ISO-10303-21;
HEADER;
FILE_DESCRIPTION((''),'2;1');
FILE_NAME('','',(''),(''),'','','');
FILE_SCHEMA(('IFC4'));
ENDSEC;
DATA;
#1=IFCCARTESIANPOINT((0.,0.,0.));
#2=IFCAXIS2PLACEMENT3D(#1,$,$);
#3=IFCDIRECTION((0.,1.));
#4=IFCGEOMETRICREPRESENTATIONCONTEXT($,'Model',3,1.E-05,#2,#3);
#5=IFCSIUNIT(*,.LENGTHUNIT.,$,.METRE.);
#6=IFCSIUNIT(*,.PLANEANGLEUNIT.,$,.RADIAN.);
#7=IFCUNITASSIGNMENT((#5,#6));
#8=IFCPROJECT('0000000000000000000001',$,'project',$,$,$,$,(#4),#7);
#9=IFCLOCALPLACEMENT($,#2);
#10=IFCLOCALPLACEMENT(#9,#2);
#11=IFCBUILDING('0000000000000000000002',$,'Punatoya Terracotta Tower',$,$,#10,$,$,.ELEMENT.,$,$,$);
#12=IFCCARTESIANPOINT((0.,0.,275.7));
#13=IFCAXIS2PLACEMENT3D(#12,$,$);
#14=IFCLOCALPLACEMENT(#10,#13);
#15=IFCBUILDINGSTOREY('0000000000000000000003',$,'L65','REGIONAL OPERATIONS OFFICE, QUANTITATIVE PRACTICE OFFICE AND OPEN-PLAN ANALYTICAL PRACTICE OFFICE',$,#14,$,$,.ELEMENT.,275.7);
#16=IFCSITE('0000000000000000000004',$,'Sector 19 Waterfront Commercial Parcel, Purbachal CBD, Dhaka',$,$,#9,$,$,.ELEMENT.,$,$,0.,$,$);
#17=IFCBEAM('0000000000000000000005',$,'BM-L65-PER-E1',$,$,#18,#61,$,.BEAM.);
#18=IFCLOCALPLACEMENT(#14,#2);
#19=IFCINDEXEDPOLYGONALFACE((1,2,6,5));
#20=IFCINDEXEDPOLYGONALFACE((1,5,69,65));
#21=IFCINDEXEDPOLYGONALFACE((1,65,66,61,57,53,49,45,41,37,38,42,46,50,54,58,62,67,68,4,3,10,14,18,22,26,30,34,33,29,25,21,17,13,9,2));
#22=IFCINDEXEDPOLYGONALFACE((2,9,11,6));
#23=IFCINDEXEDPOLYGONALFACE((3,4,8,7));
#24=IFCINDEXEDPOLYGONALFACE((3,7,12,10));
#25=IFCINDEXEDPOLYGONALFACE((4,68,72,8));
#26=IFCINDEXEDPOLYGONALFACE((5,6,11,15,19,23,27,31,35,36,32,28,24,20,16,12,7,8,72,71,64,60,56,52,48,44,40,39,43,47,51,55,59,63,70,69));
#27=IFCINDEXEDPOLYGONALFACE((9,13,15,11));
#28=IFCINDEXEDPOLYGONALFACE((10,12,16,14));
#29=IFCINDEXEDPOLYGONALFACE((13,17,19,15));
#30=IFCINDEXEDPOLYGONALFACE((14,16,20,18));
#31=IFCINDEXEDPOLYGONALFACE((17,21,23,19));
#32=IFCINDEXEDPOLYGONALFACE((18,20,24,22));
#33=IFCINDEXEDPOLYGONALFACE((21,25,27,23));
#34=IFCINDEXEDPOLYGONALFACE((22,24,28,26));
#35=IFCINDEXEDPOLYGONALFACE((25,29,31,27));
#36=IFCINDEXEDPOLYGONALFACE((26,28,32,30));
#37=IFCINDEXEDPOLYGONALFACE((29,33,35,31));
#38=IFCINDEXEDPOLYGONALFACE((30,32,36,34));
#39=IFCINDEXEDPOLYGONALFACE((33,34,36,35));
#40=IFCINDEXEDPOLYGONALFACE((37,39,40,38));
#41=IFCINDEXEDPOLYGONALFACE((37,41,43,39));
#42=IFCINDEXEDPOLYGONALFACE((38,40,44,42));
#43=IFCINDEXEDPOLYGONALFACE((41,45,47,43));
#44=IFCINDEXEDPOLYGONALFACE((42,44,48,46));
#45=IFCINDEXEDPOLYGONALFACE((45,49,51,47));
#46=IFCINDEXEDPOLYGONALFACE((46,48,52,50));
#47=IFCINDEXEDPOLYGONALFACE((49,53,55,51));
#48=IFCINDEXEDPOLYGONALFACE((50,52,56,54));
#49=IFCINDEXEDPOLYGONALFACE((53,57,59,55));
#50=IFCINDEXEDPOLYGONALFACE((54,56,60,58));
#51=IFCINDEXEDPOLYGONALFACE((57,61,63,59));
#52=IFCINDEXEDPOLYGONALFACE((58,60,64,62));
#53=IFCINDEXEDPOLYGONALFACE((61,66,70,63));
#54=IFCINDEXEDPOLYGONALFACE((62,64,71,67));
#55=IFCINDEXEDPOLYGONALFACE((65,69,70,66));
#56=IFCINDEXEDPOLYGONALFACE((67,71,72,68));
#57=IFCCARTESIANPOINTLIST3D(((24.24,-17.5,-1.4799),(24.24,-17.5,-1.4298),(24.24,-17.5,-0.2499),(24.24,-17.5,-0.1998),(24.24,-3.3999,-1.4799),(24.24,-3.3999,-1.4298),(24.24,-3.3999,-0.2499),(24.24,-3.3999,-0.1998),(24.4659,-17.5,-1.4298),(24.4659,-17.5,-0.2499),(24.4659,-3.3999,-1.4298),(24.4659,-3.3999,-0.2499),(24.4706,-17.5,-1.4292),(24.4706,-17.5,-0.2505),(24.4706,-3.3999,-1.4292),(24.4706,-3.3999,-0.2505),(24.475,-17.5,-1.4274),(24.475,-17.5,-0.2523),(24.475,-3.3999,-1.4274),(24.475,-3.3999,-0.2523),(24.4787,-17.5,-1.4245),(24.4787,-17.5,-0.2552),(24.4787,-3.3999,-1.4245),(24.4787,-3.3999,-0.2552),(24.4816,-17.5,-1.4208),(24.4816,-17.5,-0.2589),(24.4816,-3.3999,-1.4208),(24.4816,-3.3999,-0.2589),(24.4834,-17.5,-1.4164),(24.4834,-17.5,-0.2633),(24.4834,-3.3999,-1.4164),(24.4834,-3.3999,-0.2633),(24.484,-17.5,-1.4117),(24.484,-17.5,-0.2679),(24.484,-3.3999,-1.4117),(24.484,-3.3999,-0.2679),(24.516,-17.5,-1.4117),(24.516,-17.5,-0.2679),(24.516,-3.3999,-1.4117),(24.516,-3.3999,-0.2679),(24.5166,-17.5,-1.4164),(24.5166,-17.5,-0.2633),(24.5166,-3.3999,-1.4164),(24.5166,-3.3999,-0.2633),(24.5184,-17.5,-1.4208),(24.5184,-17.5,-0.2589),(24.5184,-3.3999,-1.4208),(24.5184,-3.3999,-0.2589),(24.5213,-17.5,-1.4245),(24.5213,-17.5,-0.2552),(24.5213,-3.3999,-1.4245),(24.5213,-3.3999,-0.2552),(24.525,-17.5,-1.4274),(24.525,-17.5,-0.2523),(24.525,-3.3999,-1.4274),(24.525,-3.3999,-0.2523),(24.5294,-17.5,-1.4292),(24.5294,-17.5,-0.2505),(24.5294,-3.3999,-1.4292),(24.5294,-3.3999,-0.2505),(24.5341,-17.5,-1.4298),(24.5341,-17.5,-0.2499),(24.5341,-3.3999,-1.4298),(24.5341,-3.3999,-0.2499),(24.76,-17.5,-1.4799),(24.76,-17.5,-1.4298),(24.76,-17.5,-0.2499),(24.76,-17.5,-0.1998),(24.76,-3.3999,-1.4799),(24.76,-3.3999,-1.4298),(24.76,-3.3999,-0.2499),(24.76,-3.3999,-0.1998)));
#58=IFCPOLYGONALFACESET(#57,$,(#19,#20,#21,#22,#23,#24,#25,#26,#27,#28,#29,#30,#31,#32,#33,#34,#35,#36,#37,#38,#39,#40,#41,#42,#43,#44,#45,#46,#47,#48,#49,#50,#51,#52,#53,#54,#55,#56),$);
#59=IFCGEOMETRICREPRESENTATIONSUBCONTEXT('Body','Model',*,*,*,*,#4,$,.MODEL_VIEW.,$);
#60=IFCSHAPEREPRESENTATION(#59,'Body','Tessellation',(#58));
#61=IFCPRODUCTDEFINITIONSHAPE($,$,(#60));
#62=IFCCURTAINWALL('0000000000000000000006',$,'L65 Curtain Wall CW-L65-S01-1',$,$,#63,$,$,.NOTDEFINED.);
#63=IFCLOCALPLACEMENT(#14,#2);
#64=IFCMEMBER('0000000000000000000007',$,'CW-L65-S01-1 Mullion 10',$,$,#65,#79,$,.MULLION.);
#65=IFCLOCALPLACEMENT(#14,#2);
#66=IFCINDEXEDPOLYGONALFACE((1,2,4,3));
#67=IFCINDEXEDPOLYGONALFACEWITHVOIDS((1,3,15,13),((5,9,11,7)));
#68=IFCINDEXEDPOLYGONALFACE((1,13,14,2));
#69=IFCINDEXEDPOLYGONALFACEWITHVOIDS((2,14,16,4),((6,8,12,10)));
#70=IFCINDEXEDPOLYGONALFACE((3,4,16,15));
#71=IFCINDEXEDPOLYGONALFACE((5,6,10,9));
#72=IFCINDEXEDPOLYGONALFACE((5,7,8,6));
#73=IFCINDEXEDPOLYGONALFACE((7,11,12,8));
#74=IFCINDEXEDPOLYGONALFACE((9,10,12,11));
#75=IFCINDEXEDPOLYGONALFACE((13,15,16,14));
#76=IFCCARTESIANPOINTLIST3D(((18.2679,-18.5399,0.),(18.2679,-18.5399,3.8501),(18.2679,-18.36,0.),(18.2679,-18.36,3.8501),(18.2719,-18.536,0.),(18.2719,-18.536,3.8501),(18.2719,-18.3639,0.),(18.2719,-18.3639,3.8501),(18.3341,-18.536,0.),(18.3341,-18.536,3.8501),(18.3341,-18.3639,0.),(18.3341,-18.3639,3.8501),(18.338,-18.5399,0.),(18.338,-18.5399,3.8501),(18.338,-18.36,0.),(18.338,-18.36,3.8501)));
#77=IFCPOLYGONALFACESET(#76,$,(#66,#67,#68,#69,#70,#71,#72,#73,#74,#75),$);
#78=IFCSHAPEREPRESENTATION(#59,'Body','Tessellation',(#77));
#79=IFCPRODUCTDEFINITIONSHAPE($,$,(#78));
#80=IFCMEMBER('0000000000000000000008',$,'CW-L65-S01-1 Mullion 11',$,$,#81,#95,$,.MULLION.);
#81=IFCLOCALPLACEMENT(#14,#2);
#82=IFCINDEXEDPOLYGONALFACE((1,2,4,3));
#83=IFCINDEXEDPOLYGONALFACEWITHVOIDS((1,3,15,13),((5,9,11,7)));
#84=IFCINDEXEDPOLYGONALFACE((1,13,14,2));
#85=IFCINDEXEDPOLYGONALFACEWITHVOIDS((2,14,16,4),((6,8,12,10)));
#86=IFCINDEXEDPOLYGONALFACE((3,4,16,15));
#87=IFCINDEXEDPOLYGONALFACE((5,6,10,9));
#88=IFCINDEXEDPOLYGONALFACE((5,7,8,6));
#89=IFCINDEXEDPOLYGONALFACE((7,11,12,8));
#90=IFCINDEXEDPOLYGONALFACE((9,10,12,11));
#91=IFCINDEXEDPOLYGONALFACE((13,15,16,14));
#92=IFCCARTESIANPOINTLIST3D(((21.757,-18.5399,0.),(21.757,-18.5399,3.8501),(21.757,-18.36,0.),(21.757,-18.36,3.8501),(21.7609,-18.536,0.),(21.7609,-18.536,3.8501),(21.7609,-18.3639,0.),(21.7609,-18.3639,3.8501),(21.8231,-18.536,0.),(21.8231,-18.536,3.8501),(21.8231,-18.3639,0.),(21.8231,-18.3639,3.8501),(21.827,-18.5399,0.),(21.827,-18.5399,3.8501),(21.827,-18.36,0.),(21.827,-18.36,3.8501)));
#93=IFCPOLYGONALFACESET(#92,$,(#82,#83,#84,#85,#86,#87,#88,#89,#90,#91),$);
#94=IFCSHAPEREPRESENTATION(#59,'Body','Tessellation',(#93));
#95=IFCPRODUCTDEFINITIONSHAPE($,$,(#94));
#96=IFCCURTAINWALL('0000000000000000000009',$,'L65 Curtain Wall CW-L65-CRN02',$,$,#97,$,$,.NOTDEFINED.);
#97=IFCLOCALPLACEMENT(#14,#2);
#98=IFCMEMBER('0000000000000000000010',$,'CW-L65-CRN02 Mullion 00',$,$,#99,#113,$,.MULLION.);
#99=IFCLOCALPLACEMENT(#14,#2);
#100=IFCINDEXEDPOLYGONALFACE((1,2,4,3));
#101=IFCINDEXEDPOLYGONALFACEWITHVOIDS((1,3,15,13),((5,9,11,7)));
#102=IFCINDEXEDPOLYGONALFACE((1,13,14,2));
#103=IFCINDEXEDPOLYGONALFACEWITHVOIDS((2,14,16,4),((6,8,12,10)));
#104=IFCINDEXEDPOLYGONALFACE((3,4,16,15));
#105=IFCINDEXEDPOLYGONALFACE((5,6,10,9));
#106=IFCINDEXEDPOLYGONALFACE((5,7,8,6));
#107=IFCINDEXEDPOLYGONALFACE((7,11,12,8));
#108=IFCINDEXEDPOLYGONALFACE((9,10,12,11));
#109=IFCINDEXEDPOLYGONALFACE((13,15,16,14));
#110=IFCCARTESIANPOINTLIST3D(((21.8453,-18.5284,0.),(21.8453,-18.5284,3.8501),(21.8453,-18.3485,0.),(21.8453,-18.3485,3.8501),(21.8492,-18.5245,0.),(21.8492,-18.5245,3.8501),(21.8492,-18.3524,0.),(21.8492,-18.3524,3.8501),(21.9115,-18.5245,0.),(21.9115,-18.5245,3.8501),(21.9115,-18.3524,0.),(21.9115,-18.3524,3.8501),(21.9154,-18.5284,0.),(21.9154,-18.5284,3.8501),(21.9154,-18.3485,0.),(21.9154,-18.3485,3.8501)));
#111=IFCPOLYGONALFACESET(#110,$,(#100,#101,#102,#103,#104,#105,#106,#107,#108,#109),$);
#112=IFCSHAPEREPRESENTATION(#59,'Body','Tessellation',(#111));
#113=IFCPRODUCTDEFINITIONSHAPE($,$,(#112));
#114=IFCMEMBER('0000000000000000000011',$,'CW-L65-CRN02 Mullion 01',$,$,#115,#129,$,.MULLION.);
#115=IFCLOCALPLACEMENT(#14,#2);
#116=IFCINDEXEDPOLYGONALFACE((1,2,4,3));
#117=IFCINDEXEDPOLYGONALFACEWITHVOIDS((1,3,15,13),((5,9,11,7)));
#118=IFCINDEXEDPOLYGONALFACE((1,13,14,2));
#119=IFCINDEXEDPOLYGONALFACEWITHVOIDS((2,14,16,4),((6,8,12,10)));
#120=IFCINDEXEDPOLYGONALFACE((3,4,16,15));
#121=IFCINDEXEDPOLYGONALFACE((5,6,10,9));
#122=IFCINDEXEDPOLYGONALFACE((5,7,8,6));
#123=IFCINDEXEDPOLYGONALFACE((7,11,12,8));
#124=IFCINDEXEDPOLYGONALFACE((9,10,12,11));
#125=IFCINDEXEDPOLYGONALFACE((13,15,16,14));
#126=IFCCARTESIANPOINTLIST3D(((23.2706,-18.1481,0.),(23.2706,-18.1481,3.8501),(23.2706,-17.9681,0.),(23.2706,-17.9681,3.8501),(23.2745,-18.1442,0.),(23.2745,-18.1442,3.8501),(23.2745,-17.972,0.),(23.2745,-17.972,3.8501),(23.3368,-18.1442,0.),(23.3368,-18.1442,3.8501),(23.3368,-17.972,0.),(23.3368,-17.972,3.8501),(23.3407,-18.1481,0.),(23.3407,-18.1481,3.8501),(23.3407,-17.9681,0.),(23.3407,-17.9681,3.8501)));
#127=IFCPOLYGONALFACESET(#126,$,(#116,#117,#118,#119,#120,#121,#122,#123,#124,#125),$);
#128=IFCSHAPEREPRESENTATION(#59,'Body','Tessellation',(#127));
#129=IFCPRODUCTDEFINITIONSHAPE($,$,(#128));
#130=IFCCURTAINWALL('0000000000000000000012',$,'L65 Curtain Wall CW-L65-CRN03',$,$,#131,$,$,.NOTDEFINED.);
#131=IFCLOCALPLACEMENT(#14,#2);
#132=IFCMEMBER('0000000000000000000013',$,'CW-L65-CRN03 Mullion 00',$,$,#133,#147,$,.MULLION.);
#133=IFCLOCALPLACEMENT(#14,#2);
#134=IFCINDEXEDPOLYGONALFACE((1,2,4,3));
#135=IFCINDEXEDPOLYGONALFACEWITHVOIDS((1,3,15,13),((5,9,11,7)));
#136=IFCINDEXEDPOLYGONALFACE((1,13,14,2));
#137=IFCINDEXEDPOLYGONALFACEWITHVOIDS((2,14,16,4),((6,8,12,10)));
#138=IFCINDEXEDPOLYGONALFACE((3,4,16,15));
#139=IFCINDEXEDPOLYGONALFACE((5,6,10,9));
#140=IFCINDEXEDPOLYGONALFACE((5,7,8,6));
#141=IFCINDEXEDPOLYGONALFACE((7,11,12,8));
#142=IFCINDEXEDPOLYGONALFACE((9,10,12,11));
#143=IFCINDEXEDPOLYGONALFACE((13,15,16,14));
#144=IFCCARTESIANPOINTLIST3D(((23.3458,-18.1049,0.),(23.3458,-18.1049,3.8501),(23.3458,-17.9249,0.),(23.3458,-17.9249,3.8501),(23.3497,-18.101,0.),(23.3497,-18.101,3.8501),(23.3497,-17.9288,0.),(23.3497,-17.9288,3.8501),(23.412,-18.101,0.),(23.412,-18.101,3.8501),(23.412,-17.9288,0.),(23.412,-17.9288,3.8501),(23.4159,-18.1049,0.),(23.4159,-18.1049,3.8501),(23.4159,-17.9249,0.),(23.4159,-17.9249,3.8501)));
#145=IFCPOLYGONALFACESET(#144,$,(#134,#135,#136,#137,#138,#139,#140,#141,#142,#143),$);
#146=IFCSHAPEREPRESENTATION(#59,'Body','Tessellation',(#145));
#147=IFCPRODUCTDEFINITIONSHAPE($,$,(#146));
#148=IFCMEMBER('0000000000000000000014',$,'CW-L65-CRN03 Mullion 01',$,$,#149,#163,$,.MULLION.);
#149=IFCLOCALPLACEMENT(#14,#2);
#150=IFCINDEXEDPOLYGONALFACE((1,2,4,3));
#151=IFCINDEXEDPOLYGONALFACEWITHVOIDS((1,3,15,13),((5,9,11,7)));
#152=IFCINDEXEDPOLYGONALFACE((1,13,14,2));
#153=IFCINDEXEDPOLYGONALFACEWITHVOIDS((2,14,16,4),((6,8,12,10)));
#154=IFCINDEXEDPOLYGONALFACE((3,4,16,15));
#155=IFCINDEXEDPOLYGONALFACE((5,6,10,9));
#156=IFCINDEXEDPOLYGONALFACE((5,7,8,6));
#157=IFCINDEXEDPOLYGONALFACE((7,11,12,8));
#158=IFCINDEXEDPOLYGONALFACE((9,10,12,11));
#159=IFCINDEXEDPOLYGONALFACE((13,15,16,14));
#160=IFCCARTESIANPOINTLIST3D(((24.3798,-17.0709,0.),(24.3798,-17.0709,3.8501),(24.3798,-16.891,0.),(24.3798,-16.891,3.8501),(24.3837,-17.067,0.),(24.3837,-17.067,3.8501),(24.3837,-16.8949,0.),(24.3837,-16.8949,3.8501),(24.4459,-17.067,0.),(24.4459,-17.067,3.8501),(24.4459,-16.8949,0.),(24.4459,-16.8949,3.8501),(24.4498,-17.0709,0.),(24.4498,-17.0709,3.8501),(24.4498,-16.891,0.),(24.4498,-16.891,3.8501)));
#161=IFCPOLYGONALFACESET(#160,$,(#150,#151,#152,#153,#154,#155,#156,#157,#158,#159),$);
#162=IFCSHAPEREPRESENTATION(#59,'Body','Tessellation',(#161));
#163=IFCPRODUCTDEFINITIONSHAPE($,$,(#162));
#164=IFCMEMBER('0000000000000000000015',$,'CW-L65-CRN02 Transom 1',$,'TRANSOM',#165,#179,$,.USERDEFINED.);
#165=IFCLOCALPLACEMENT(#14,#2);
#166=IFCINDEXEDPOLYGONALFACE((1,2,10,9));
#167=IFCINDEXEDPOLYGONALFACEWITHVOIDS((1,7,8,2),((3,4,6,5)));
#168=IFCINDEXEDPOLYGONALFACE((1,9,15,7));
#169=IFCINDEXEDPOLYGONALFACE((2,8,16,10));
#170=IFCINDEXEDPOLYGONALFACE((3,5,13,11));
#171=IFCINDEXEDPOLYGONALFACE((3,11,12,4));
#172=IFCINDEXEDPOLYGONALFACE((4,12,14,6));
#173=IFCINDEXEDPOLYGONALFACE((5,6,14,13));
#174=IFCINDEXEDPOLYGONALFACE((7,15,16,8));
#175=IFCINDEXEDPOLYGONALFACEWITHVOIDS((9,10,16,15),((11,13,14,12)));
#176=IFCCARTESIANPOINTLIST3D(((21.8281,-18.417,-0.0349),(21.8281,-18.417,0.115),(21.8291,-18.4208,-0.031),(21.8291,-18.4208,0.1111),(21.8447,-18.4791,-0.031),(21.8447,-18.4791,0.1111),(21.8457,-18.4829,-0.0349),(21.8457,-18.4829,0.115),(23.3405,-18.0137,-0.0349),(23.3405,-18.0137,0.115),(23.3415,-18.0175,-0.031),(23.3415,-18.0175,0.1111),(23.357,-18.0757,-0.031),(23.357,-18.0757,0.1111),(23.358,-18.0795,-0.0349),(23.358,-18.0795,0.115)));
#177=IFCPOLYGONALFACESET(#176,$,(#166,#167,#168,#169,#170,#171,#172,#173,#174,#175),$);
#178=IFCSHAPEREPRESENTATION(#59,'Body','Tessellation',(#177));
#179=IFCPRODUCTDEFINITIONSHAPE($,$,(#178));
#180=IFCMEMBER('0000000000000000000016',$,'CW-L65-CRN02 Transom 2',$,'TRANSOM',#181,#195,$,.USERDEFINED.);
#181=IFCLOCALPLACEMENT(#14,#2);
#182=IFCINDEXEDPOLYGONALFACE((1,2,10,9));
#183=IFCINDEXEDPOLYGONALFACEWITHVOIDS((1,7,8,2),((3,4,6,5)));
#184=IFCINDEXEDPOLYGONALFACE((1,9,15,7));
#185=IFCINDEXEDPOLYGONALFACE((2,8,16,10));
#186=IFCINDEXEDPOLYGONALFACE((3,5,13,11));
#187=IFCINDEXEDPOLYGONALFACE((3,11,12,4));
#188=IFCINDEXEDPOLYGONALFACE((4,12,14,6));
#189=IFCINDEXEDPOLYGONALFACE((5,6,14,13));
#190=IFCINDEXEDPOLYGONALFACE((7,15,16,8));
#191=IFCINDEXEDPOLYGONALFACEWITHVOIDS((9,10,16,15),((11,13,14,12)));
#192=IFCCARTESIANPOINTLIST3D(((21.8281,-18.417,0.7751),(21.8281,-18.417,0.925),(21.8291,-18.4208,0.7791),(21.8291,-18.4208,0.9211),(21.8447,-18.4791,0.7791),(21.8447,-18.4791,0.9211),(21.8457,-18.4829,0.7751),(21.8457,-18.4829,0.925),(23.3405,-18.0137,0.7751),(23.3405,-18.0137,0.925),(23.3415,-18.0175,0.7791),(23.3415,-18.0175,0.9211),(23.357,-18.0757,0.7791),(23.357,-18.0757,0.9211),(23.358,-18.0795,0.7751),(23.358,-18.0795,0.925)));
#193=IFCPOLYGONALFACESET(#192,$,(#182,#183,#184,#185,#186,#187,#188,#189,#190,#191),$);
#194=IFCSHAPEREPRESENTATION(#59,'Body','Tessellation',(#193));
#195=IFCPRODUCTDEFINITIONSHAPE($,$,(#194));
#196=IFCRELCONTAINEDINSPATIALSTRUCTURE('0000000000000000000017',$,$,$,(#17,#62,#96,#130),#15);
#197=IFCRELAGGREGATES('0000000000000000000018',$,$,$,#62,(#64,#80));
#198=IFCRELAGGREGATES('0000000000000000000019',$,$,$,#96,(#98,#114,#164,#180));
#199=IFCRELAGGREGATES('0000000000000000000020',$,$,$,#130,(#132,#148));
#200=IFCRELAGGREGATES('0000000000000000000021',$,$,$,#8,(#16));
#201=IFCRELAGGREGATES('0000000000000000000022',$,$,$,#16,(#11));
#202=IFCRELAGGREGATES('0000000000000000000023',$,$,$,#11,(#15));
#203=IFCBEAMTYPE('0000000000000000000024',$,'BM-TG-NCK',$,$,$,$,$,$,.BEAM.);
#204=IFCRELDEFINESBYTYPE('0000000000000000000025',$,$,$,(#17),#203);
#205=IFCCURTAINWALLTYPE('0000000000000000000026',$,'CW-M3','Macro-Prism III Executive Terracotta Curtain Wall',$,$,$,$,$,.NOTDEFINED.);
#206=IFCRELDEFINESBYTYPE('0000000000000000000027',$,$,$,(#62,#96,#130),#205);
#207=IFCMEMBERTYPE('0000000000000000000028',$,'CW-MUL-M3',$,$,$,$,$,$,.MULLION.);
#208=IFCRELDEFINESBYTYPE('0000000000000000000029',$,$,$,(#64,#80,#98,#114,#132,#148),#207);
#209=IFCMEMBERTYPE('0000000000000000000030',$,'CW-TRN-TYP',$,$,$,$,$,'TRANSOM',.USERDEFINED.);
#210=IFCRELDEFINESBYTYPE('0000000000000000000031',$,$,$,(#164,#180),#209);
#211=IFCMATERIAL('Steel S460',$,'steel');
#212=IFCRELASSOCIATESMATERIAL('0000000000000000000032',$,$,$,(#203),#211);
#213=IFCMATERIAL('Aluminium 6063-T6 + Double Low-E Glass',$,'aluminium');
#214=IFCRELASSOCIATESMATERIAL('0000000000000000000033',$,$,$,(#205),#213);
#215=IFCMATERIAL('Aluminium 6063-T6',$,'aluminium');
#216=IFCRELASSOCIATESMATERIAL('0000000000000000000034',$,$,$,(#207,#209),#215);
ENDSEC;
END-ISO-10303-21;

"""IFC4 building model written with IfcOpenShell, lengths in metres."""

from ifc_helpers import new_model, si_unit, direction, frame, origin, origin_2d, place, context, subcontext, project, spatial, hollow_rectangle, i_section, extrude, material, material_profile, profile_set, type_object, element, aggregate, save


model = new_model("IFC4")

# Units and contexts
model_context = context("Model", 3, precision=1e-05, world=origin(), true_north=direction((0.0, 1.0)))
body_context = subcontext(model_context, "Body", "Model", "MODEL_VIEW")
ifc_project = project(units=[si_unit("LENGTHUNIT", "METRE"), si_unit("PLANEANGLEUNIT", "RADIAN")], contexts=[model_context])

# Site, building, storey
site_placement = place(None, origin())
site = spatial("IfcSite", under=ifc_project, at=site_placement, Name="Sector 19 Waterfront Commercial Parcel, Purbachal CBD, Dhaka", CompositionType="ELEMENT", RefElevation=0.0)
building_placement = place(site_placement, origin())
building = spatial("IfcBuilding", under=site, at=building_placement, Name="Punatoya Terracotta Tower", CompositionType="ELEMENT")
storey_placement = place(building_placement, frame((0.0, 0.0, 275.7)))
storey = spatial("IfcBuildingStorey", under=building, at=storey_placement, Name="L65", Description="REGIONAL OPERATIONS OFFICE, QUANTITATIVE PRACTICE OFFICE AND OPEN-PLAN ANALYTICAL PRACTICE OFFICE", CompositionType="ELEMENT", Elevation=275.7)

# Shared definitions
ifc_material_1 = material(Name="Steel S460", Category="steel")

# Beam
ifc_material_profile_1 = material_profile(ifc_material_1, i_section(OverallWidth=0.52, OverallDepth=1.28, WebThickness=0.032, FlangeThickness=0.05, FilletRadius=0.0181, at=origin_2d()))
ifc_profile_set_1 = profile_set([ifc_material_profile_1], Name="Steel S460")
beam_type_1 = type_object("IfcBeamType", Name="BM-TG-NCK", PredefinedType="BEAM", material=ifc_profile_set_1)
beam_1_placement = place(storey_placement, frame((24.5, -17.5, -0.8398), z_axis=(0.0, 1.0, 0.0), x_axis=(-1.0, 0.0, 0.0)))
element("IfcBeam", 1, at=beam_1_placement, inside=storey, type_object=beam_type_1, Name="BM-L65-PER-E1", PredefinedType="BEAM", context=body_context, shape_type="SweptSolid", body=[
    extrude(i_section(OverallWidth=0.52, OverallDepth=1.28, WebThickness=0.032, FlangeThickness=0.05, FilletRadius=0.0181, at=origin_2d()), origin(), (0.0, 0.0, 1.0), 14.1001),
])

# Curtain walls, members
ifc_material_2 = material(Name="Aluminium 6063-T6 + Double Low-E Glass", Category="aluminium")
curtain_wall_type = type_object("IfcCurtainWallType", Name="CW-M3", Description="Macro-Prism III Executive Terracotta Curtain Wall", PredefinedType="NOTDEFINED", material=ifc_material_2)
curtain_wall_1_placement = place(storey_placement, origin())
curtain_wall_1 = element("IfcCurtainWall", 2, at=curtain_wall_1_placement, inside=storey, type_object=curtain_wall_type, Name="L65 Curtain Wall CW-L65-S01-1", PredefinedType="NOTDEFINED")
ifc_material_3 = material(Name="Aluminium 6063-T6", Category="aluminium")
ifc_material_profile_2 = material_profile(ifc_material_3, hollow_rectangle(XDim=0.0701, YDim=0.1799, WallThickness=0.0039, at=origin_2d()))
ifc_profile_set_2 = profile_set([ifc_material_profile_2], Name="Aluminium 6063-T6")
member_type_1 = type_object("IfcMemberType", Name="CW-MUL-M3", PredefinedType="MULLION", material=ifc_profile_set_2)
member_1_placement = place(storey_placement, frame((18.303, -18.45, 0.0), z_axis=(0.0, 0.0, 1.0), x_axis=(1.0, 0.0, 0.0)))
member_1 = element("IfcMember", 3, at=member_1_placement, type_object=member_type_1, Name="CW-L65-S01-1 Mullion 10", PredefinedType="MULLION", context=body_context, shape_type="SweptSolid", body=[
    extrude(hollow_rectangle(XDim=0.0701, YDim=0.1799, WallThickness=0.0039, at=origin_2d()), origin(), (0.0, 0.0, 1.0), 3.8501),
])
member_2_placement = place(storey_placement, frame((21.792, -18.45, 0.0), z_axis=(0.0, 0.0, 1.0), x_axis=(1.0, 0.0, 0.0)))
member_2 = element("IfcMember", 4, at=member_2_placement, type_object=member_type_1, Name="CW-L65-S01-1 Mullion 11", PredefinedType="MULLION", context=body_context, shape_type="SweptSolid", body=[
    extrude(hollow_rectangle(XDim=0.0701, YDim=0.1799, WallThickness=0.0039, at=origin_2d()), origin(), (0.0, 0.0, 1.0), 3.8501),
])
curtain_wall_2_placement = place(storey_placement, origin())
curtain_wall_2 = element("IfcCurtainWall", 5, at=curtain_wall_2_placement, inside=storey, type_object=curtain_wall_type, Name="L65 Curtain Wall CW-L65-CRN02", PredefinedType="NOTDEFINED")
member_3_placement = place(storey_placement, frame((21.8804, -18.4385, 0.0), z_axis=(0.0, 0.0, 1.0), x_axis=(1.0, 0.0, 0.0)))
member_3 = element("IfcMember", 6, at=member_3_placement, type_object=member_type_1, Name="CW-L65-CRN02 Mullion 00", PredefinedType="MULLION", context=body_context, shape_type="SweptSolid", body=[
    extrude(hollow_rectangle(XDim=0.0701, YDim=0.1799, WallThickness=0.0039, at=origin_2d()), origin(), (0.0, 0.0, 1.0), 3.8501),
])
member_4_placement = place(storey_placement, frame((23.3057, -18.0581, 0.0), z_axis=(0.0, 0.0, 1.0), x_axis=(1.0, 0.0, 0.0)))
member_4 = element("IfcMember", 7, at=member_4_placement, type_object=member_type_1, Name="CW-L65-CRN02 Mullion 01", PredefinedType="MULLION", context=body_context, shape_type="SweptSolid", body=[
    extrude(hollow_rectangle(XDim=0.0701, YDim=0.1799, WallThickness=0.0039, at=origin_2d()), origin(), (0.0, 0.0, 1.0), 3.8501),
])
curtain_wall_3_placement = place(storey_placement, origin())
curtain_wall_3 = element("IfcCurtainWall", 8, at=curtain_wall_3_placement, inside=storey, type_object=curtain_wall_type, Name="L65 Curtain Wall CW-L65-CRN03", PredefinedType="NOTDEFINED")
member_5_placement = place(storey_placement, frame((23.3809, -18.0149, 0.0), z_axis=(0.0, 0.0, 1.0), x_axis=(1.0, 0.0, 0.0)))
member_5 = element("IfcMember", 9, at=member_5_placement, type_object=member_type_1, Name="CW-L65-CRN03 Mullion 00", PredefinedType="MULLION", context=body_context, shape_type="SweptSolid", body=[
    extrude(hollow_rectangle(XDim=0.0701, YDim=0.1799, WallThickness=0.0039, at=origin_2d()), origin(), (0.0, 0.0, 1.0), 3.8501),
])
member_6_placement = place(storey_placement, frame((24.4148, -16.981, 0.0), z_axis=(0.0, 0.0, 1.0), x_axis=(1.0, 0.0, 0.0)))
member_6 = element("IfcMember", 10, at=member_6_placement, type_object=member_type_1, Name="CW-L65-CRN03 Mullion 01", PredefinedType="MULLION", context=body_context, shape_type="SweptSolid", body=[
    extrude(hollow_rectangle(XDim=0.0701, YDim=0.1799, WallThickness=0.0039, at=origin_2d()), origin(), (0.0, 0.0, 1.0), 3.8501),
])

# Members
ifc_material_profile_3 = material_profile(ifc_material_3, hollow_rectangle(XDim=0.0681, YDim=0.1499, WallThickness=0.0039, at=origin_2d()))
ifc_profile_set_3 = profile_set([ifc_material_profile_3], Name="Aluminium 6063-T6")
member_type_2 = type_object("IfcMemberType", Name="CW-TRN-TYP", ElementType="TRANSOM", PredefinedType="USERDEFINED", material=ifc_profile_set_3)
member_7_placement = place(storey_placement, frame((21.8369, -18.45, 0.04), z_axis=(0.966225, 0.257701, 0.0), x_axis=(-0.257701, 0.966225, 0.0)))
member_7 = element("IfcMember", 11, at=member_7_placement, type_object=member_type_2, Name="CW-L65-CRN02 Transom 1", ObjectType="TRANSOM", PredefinedType="USERDEFINED", context=body_context, shape_type="SweptSolid", body=[
    extrude(hollow_rectangle(XDim=0.0681, YDim=0.1499, WallThickness=0.0039, at=origin_2d()), origin(), (0.0, 0.0, 1.0), 1.5652),
])
member_8_placement = place(storey_placement, frame((21.8369, -18.45, 0.8501), z_axis=(0.966225, 0.257701, 0.0), x_axis=(-0.257701, 0.966225, 0.0)))
member_8 = element("IfcMember", 12, at=member_8_placement, type_object=member_type_2, Name="CW-L65-CRN02 Transom 2", ObjectType="TRANSOM", PredefinedType="USERDEFINED", context=body_context, shape_type="SweptSolid", body=[
    extrude(hollow_rectangle(XDim=0.0681, YDim=0.1499, WallThickness=0.0039, at=origin_2d()), origin(), (0.0, 0.0, 1.0), 1.5652),
])

aggregate(curtain_wall_1, [member_1, member_2])
aggregate(curtain_wall_2, [member_3, member_4, member_7, member_8])
aggregate(curtain_wall_3, [member_5, member_6])

save(model, "model.ifc")
